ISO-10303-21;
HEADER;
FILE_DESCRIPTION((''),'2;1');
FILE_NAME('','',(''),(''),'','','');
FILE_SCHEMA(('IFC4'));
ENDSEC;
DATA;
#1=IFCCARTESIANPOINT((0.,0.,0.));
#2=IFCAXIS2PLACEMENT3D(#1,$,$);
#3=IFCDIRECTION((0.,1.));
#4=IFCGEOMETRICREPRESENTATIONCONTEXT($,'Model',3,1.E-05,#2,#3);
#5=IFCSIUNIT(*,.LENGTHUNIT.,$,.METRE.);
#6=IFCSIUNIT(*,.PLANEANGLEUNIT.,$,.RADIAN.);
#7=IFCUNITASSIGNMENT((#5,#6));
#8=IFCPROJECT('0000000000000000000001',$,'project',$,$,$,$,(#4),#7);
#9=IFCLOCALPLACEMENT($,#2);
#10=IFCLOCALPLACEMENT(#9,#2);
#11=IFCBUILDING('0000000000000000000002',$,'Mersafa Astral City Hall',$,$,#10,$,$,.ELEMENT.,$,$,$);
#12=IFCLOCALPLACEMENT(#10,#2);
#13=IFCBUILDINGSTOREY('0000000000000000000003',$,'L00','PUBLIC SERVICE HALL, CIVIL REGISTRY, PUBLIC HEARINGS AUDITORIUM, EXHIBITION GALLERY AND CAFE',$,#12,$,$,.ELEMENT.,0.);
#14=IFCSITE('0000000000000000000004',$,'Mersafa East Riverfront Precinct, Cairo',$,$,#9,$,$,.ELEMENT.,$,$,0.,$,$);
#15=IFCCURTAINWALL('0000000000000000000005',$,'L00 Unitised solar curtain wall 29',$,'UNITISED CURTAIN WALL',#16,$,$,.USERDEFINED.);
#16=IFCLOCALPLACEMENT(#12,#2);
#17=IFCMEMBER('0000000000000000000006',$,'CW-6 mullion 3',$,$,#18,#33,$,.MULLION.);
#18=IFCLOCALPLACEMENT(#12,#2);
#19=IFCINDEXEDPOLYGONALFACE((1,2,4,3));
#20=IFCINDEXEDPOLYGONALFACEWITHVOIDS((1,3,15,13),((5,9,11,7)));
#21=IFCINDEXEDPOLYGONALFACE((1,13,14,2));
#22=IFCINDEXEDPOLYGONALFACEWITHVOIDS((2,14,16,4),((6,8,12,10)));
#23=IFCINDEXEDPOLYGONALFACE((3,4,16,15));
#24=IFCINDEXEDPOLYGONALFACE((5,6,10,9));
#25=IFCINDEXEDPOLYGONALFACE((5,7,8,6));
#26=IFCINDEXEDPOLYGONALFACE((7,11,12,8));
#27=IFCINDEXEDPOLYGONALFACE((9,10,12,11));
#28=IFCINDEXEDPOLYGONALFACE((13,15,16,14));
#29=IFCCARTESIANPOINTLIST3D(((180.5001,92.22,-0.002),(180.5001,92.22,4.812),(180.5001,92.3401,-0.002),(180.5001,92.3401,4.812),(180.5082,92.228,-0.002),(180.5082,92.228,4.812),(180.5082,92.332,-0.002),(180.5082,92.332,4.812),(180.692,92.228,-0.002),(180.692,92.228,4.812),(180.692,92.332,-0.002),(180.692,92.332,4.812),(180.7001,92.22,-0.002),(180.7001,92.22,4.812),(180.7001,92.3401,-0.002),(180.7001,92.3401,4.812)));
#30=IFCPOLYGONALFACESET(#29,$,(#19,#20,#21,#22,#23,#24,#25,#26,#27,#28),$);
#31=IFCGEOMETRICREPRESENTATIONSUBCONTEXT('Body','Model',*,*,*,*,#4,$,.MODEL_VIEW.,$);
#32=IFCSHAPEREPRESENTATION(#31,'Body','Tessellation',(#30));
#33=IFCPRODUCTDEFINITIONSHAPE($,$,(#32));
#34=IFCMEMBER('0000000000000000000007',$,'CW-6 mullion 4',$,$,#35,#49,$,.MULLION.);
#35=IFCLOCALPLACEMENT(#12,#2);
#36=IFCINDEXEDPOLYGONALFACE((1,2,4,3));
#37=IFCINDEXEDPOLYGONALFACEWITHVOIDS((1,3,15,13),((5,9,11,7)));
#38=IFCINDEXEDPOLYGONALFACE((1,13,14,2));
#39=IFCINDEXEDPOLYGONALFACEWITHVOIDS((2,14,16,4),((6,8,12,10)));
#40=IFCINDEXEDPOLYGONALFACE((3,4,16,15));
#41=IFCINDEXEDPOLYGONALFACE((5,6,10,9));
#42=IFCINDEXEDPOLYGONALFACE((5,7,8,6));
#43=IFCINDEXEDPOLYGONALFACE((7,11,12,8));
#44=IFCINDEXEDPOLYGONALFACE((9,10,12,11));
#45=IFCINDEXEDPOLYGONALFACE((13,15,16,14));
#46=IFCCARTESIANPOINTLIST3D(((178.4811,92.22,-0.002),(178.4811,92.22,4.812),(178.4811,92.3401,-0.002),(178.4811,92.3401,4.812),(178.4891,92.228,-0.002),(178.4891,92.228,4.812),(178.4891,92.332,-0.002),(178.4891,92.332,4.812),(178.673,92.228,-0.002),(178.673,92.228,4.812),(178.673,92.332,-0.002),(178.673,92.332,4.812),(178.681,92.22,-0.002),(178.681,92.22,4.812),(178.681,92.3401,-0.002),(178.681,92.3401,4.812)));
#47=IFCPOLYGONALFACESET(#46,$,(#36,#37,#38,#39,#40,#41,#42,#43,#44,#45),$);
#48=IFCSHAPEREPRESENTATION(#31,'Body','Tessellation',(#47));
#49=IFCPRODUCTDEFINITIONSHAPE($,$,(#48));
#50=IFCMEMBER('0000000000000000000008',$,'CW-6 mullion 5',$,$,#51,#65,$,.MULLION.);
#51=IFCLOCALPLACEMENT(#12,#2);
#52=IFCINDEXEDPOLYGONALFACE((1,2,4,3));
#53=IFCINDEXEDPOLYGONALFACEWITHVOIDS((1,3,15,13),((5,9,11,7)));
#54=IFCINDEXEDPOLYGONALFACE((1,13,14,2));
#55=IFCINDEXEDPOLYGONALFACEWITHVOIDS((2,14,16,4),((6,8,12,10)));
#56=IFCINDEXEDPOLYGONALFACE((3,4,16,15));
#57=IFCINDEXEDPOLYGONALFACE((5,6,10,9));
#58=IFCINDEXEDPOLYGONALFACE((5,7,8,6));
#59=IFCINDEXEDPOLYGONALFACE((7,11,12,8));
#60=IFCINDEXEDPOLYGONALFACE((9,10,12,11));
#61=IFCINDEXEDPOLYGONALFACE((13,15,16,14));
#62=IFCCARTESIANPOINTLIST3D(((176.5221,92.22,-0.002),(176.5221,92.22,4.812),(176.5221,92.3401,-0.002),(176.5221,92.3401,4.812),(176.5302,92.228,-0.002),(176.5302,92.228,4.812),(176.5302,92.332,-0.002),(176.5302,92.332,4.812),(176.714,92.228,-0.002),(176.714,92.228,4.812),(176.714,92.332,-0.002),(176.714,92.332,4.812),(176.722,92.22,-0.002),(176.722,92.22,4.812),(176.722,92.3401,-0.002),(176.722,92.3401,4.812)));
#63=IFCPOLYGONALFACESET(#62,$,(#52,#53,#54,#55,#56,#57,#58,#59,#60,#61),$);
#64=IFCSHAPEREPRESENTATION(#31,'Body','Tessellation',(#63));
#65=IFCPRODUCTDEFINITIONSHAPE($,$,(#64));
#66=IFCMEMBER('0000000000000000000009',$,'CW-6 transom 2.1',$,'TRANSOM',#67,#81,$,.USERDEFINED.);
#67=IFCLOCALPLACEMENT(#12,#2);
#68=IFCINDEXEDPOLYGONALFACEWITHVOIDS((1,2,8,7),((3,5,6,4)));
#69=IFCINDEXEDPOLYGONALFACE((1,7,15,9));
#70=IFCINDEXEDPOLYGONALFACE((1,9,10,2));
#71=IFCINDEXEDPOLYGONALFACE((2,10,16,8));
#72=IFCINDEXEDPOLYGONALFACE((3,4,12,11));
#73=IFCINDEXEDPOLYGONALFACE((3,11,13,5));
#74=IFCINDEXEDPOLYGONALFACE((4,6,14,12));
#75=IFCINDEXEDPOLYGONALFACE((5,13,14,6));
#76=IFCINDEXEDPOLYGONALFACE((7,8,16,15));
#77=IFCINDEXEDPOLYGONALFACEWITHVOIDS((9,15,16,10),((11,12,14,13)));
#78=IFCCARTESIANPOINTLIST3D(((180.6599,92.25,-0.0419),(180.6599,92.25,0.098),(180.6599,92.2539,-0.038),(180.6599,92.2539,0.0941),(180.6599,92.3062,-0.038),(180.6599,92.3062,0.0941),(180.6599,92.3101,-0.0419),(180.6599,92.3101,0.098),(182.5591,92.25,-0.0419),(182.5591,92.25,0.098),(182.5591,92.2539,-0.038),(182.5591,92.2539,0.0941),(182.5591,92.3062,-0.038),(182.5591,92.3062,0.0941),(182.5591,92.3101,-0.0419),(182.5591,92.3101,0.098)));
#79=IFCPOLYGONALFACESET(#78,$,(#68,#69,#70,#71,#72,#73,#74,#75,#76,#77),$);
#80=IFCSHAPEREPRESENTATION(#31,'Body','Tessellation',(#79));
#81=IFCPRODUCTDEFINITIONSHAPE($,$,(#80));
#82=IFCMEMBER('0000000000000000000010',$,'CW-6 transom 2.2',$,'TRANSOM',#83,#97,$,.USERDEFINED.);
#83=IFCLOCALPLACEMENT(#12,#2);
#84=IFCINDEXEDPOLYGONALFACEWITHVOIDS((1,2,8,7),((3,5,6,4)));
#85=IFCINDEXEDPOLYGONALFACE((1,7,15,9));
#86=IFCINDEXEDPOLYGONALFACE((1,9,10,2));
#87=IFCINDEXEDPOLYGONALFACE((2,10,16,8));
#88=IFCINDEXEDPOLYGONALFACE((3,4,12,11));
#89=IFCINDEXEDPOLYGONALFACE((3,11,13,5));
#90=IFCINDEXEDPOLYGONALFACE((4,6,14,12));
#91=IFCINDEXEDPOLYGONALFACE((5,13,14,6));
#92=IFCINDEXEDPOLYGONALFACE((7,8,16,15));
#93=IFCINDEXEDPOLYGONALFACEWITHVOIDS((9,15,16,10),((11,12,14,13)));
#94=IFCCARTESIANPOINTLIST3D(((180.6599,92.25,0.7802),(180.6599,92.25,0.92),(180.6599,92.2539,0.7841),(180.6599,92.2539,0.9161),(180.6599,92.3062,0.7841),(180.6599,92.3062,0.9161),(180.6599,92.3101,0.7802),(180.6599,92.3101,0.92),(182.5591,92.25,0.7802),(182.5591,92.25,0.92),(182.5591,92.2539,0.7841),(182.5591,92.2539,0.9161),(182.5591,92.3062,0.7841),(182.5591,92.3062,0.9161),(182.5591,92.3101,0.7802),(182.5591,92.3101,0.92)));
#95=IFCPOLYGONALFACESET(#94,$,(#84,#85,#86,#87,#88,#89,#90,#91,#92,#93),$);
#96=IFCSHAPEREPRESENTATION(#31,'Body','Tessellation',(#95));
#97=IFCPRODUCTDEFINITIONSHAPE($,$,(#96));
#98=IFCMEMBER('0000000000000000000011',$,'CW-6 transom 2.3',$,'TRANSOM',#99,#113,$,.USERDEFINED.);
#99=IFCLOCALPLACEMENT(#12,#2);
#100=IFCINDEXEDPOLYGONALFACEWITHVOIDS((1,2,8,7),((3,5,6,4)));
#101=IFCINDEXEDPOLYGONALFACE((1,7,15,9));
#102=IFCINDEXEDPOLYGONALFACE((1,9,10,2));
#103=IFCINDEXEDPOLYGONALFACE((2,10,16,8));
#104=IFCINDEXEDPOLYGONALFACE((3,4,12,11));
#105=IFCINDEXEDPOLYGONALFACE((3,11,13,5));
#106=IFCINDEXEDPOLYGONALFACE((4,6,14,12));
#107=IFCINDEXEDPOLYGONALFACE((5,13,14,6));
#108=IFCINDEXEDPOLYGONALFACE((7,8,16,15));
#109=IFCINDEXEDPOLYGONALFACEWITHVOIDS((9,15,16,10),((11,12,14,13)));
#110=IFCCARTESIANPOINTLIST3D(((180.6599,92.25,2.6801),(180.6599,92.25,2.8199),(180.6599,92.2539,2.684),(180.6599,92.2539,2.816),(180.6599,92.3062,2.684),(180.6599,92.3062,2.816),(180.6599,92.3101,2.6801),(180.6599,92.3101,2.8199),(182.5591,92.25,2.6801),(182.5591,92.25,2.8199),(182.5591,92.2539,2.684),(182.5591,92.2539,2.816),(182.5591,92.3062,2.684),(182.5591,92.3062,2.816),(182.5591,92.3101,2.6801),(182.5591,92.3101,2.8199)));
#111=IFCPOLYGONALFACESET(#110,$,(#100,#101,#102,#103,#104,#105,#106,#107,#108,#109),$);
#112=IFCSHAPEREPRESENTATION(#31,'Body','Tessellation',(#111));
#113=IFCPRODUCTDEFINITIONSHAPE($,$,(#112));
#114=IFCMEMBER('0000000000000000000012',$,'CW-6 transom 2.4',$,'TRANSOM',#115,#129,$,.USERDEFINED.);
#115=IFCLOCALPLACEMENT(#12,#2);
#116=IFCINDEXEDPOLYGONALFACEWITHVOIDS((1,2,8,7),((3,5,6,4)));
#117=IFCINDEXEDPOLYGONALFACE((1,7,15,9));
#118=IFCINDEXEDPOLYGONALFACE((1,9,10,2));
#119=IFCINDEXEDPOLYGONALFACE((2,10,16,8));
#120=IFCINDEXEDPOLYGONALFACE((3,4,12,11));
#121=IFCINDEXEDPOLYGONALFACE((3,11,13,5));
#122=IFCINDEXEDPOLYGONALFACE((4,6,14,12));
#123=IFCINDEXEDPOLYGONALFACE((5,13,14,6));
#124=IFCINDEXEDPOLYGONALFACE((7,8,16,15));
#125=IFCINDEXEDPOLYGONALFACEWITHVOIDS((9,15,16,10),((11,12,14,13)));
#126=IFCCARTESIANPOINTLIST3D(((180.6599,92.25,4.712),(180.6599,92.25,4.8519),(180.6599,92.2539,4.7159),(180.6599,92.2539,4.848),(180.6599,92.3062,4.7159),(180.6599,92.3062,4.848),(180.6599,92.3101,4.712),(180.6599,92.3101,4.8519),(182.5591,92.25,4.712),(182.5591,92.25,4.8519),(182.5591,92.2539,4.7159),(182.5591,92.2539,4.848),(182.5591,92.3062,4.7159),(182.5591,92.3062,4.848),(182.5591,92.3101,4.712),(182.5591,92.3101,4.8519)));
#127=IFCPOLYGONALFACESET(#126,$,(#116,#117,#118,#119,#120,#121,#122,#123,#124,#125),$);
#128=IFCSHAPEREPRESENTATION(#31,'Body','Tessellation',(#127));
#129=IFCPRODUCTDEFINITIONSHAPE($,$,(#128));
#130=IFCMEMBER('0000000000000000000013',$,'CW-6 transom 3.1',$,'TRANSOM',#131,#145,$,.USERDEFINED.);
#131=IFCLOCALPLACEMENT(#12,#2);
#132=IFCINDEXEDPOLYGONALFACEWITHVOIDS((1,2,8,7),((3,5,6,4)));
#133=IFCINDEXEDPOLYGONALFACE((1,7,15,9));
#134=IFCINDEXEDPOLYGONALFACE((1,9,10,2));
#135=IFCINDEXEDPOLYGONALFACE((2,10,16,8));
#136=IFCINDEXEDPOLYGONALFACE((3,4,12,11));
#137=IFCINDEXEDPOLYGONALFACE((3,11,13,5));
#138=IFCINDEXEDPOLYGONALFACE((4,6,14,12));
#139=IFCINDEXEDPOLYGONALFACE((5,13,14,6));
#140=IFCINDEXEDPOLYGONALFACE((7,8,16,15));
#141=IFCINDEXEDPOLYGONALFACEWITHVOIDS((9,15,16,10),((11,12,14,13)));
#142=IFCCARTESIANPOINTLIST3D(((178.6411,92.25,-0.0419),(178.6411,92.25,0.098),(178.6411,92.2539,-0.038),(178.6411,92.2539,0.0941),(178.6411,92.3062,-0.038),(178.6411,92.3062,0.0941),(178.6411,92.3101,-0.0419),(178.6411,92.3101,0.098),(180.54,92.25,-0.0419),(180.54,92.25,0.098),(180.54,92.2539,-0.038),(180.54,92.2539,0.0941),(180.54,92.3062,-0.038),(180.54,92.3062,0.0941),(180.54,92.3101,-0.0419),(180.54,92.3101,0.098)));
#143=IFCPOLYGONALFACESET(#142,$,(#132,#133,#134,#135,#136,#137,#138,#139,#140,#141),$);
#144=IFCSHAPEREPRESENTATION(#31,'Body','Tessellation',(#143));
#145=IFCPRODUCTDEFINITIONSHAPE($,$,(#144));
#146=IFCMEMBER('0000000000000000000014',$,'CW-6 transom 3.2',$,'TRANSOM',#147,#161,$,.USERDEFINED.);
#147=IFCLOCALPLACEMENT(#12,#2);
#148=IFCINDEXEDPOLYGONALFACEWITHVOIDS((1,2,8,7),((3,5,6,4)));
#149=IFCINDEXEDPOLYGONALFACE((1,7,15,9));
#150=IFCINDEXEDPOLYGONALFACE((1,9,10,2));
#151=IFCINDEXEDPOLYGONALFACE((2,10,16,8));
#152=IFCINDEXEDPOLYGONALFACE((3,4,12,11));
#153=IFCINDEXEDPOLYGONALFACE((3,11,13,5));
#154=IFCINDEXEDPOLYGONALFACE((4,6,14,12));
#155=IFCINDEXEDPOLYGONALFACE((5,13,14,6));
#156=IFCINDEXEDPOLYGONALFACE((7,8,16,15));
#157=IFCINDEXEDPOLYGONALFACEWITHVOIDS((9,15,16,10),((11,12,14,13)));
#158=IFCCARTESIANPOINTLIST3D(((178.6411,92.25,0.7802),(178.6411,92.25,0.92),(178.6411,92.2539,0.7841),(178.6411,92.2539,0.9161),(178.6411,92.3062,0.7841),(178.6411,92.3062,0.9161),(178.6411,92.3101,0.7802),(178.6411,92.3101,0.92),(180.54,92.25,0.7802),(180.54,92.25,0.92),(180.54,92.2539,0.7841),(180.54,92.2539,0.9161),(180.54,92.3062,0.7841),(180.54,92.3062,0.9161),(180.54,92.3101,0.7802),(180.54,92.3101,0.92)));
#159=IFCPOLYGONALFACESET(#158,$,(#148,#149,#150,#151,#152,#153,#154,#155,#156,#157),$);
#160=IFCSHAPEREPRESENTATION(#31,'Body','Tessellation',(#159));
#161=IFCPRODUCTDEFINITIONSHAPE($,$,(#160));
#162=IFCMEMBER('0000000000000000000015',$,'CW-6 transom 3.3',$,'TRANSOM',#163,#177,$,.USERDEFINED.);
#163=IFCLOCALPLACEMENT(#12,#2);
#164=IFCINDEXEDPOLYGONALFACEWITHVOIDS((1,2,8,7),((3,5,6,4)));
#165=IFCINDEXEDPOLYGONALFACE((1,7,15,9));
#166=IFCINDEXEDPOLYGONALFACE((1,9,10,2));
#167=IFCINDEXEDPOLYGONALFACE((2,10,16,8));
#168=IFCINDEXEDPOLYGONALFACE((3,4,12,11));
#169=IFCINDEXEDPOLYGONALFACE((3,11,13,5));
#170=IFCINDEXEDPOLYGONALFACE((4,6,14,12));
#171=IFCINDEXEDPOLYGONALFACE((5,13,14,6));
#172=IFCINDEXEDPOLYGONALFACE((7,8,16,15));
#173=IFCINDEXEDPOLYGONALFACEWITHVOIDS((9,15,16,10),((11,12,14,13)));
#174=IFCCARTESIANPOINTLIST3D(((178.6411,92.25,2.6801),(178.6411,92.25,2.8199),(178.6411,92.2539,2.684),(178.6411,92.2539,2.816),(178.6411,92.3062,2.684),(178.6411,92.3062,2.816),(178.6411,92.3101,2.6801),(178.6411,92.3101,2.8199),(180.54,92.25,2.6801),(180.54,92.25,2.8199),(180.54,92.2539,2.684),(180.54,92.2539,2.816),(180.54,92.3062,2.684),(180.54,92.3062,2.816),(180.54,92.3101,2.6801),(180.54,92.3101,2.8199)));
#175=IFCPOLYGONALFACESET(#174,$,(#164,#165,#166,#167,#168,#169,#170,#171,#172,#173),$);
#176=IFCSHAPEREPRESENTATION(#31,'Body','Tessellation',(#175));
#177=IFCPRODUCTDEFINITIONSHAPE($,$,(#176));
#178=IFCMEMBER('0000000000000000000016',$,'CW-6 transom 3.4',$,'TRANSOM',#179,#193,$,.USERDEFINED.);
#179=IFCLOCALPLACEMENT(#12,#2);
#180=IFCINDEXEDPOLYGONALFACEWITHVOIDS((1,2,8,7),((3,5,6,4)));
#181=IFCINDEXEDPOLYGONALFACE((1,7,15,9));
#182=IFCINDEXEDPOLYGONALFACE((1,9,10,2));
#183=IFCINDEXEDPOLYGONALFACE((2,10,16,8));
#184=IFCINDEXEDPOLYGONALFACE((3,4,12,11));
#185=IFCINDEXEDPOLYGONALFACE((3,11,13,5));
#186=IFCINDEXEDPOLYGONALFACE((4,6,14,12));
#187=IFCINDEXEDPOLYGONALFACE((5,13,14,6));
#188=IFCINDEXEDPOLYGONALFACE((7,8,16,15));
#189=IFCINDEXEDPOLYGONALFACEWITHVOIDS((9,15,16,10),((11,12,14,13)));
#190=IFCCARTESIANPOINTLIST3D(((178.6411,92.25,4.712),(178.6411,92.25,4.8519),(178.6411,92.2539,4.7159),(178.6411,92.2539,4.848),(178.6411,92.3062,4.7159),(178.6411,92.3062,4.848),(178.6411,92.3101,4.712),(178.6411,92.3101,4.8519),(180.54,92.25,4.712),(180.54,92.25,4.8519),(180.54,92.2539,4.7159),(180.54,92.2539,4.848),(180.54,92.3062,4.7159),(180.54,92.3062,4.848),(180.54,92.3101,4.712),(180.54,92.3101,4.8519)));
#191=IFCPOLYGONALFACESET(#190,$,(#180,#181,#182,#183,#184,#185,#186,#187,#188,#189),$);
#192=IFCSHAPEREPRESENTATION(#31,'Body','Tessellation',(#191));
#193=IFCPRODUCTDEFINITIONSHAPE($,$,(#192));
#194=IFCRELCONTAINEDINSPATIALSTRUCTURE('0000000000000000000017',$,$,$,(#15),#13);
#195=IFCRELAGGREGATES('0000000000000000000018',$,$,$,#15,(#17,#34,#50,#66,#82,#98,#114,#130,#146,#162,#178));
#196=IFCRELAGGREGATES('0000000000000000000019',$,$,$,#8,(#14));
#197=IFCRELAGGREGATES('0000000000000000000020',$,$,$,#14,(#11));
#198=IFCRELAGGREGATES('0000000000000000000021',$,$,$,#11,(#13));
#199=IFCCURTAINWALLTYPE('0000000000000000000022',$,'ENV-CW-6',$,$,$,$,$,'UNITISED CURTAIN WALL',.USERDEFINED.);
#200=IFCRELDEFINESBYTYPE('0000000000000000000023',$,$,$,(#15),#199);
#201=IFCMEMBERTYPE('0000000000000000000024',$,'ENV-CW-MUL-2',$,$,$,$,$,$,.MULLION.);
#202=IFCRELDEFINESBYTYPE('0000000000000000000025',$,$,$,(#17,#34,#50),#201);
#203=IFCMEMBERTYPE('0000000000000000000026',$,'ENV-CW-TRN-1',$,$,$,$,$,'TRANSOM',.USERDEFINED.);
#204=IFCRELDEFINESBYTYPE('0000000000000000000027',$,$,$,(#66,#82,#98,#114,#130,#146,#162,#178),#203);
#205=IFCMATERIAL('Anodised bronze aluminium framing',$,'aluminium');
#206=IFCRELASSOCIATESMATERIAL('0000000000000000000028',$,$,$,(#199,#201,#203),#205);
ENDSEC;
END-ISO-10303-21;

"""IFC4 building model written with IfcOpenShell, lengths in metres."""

from ifc_helpers import new_model, si_unit, direction, frame, origin, origin_2d, place, context, subcontext, project, spatial, hollow_rectangle, extrude, material, material_profile, profile_set, type_object, element, aggregate, save


model = new_model("IFC4")

# Units and contexts
model_context = context("Model", 3, precision=1e-05, world=origin(), true_north=direction((0.0, 1.0)))
body_context = subcontext(model_context, "Body", "Model", "MODEL_VIEW")
ifc_project = project(units=[si_unit("LENGTHUNIT", "METRE"), si_unit("PLANEANGLEUNIT", "RADIAN")], contexts=[model_context])

# Site, building, storey
site_placement = place(None, origin())
site = spatial("IfcSite", under=ifc_project, at=site_placement, Name="Mersafa East Riverfront Precinct, Cairo", CompositionType="ELEMENT", RefElevation=0.0)
building_placement = place(site_placement, origin())
building = spatial("IfcBuilding", under=site, at=building_placement, Name="Mersafa Astral City Hall", CompositionType="ELEMENT")
storey_placement = place(building_placement, origin())
storey = spatial("IfcBuildingStorey", under=building, at=storey_placement, Name="L00", Description="PUBLIC SERVICE HALL, CIVIL REGISTRY, PUBLIC HEARINGS AUDITORIUM, EXHIBITION GALLERY AND CAFE", CompositionType="ELEMENT", Elevation=0.0)

# Curtain wall, members
ifc_material_1 = material(Name="Anodised bronze aluminium framing", Category="aluminium")
curtain_wall_type = type_object("IfcCurtainWallType", Name="ENV-CW-6", ElementType="UNITISED CURTAIN WALL", PredefinedType="USERDEFINED", material=ifc_material_1)
curtain_wall_placement = place(storey_placement, origin())
curtain_wall = element("IfcCurtainWall", 1, at=curtain_wall_placement, inside=storey, type_object=curtain_wall_type, Name="L00 Unitised solar curtain wall 29", ObjectType="UNITISED CURTAIN WALL", PredefinedType="USERDEFINED")
ifc_material_profile_1 = material_profile(ifc_material_1, hollow_rectangle(XDim=0.1201, YDim=0.2, WallThickness=0.0081, at=origin_2d()), Name="RHS 120x200x8")
ifc_profile_set_1 = profile_set([ifc_material_profile_1], Name="Anodised bronze aluminium framing")
member_type_1 = type_object("IfcMemberType", Name="ENV-CW-MUL-2", PredefinedType="MULLION", material=ifc_profile_set_1)
member_1_placement = place(storey_placement, frame((180.6001, 92.28, -0.002), z_axis=(0.0, 0.0, 1.0), x_axis=(0.0, -1.0, 0.0)))
member_1 = element("IfcMember", 2, at=member_1_placement, type_object=member_type_1, Name="CW-6 mullion 3", PredefinedType="MULLION", context=body_context, shape_type="SweptSolid", body=[
    extrude(hollow_rectangle(XDim=0.1201, YDim=0.2, WallThickness=0.0081, at=origin_2d()), origin(), (0.0, 0.0, 1.0), 4.814),
])
member_2_placement = place(storey_placement, frame((178.5811, 92.28, -0.002), z_axis=(0.0, 0.0, 1.0), x_axis=(0.0, -1.0, 0.0)))
member_2 = element("IfcMember", 3, at=member_2_placement, type_object=member_type_1, Name="CW-6 mullion 4", PredefinedType="MULLION", context=body_context, shape_type="SweptSolid", body=[
    extrude(hollow_rectangle(XDim=0.1201, YDim=0.2, WallThickness=0.0081, at=origin_2d()), origin(), (0.0, 0.0, 1.0), 4.814),
])
member_3_placement = place(storey_placement, frame((176.6221, 92.28, -0.002), z_axis=(0.0, 0.0, 1.0), x_axis=(0.0, -1.0, 0.0)))
member_3 = element("IfcMember", 4, at=member_3_placement, type_object=member_type_1, Name="CW-6 mullion 5", PredefinedType="MULLION", context=body_context, shape_type="SweptSolid", body=[
    extrude(hollow_rectangle(XDim=0.1201, YDim=0.2, WallThickness=0.0081, at=origin_2d()), origin(), (0.0, 0.0, 1.0), 4.814),
])
ifc_material_profile_2 = material_profile(ifc_material_1, hollow_rectangle(XDim=0.0601, YDim=0.1399, WallThickness=0.0039, at=origin_2d()), Name="RHS 60x140x4")
ifc_profile_set_2 = profile_set([ifc_material_profile_2], Name="Anodised bronze aluminium framing")
member_type_2 = type_object("IfcMemberType", Name="ENV-CW-TRN-1", ElementType="TRANSOM", PredefinedType="USERDEFINED", material=ifc_profile_set_2)
member_4_placement = place(storey_placement, frame((182.5591, 92.28, 0.0281), z_axis=(-1.0, 0.0, 0.0), x_axis=(0.0, -1.0, 0.0)))
member_4 = element("IfcMember", 5, at=member_4_placement, type_object=member_type_2, Name="CW-6 transom 2.1", ObjectType="TRANSOM", PredefinedType="USERDEFINED", context=body_context, shape_type="SweptSolid", body=[
    extrude(hollow_rectangle(XDim=0.0601, YDim=0.1399, WallThickness=0.0039, at=origin_2d()), origin(), (0.0, 0.0, 1.0), 1.8992),
])
member_5_placement = place(storey_placement, frame((182.5591, 92.28, 0.8501), z_axis=(-1.0, 0.0, 0.0), x_axis=(0.0, -1.0, 0.0)))
member_5 = element("IfcMember", 6, at=member_5_placement, type_object=member_type_2, Name="CW-6 transom 2.2", ObjectType="TRANSOM", PredefinedType="USERDEFINED", context=body_context, shape_type="SweptSolid", body=[
    extrude(hollow_rectangle(XDim=0.0601, YDim=0.1399, WallThickness=0.0039, at=origin_2d()), origin(), (0.0, 0.0, 1.0), 1.8992),
])
member_6_placement = place(storey_placement, frame((182.5591, 92.28, 2.75), z_axis=(-1.0, 0.0, 0.0), x_axis=(0.0, -1.0, 0.0)))
member_6 = element("IfcMember", 7, at=member_6_placement, type_object=member_type_2, Name="CW-6 transom 2.3", ObjectType="TRANSOM", PredefinedType="USERDEFINED", context=body_context, shape_type="SweptSolid", body=[
    extrude(hollow_rectangle(XDim=0.0601, YDim=0.1399, WallThickness=0.0039, at=origin_2d()), origin(), (0.0, 0.0, 1.0), 1.8992),
])
member_7_placement = place(storey_placement, frame((182.5591, 92.28, 4.782), z_axis=(-1.0, 0.0, 0.0), x_axis=(0.0, -1.0, 0.0)))
member_7 = element("IfcMember", 8, at=member_7_placement, type_object=member_type_2, Name="CW-6 transom 2.4", ObjectType="TRANSOM", PredefinedType="USERDEFINED", context=body_context, shape_type="SweptSolid", body=[
    extrude(hollow_rectangle(XDim=0.0601, YDim=0.1399, WallThickness=0.0039, at=origin_2d()), origin(), (0.0, 0.0, 1.0), 1.8992),
])
member_8_placement = place(storey_placement, frame((180.54, 92.28, 0.0281), z_axis=(-1.0, 0.0, 0.0), x_axis=(0.0, -1.0, 0.0)))
member_8 = element("IfcMember", 9, at=member_8_placement, type_object=member_type_2, Name="CW-6 transom 3.1", ObjectType="TRANSOM", PredefinedType="USERDEFINED", context=body_context, shape_type="SweptSolid", body=[
    extrude(hollow_rectangle(XDim=0.0601, YDim=0.1399, WallThickness=0.0039, at=origin_2d()), origin(), (0.0, 0.0, 1.0), 1.8989),
])
member_9_placement = place(storey_placement, frame((180.54, 92.28, 0.8501), z_axis=(-1.0, 0.0, 0.0), x_axis=(0.0, -1.0, 0.0)))
member_9 = element("IfcMember", 10, at=member_9_placement, type_object=member_type_2, Name="CW-6 transom 3.2", ObjectType="TRANSOM", PredefinedType="USERDEFINED", context=body_context, shape_type="SweptSolid", body=[
    extrude(hollow_rectangle(XDim=0.0601, YDim=0.1399, WallThickness=0.0039, at=origin_2d()), origin(), (0.0, 0.0, 1.0), 1.8989),
])
member_10_placement = place(storey_placement, frame((180.54, 92.28, 2.75), z_axis=(-1.0, 0.0, 0.0), x_axis=(0.0, -1.0, 0.0)))
member_10 = element("IfcMember", 11, at=member_10_placement, type_object=member_type_2, Name="CW-6 transom 3.3", ObjectType="TRANSOM", PredefinedType="USERDEFINED", context=body_context, shape_type="SweptSolid", body=[
    extrude(hollow_rectangle(XDim=0.0601, YDim=0.1399, WallThickness=0.0039, at=origin_2d()), origin(), (0.0, 0.0, 1.0), 1.8989),
])
member_11_placement = place(storey_placement, frame((180.54, 92.28, 4.782), z_axis=(-1.0, 0.0, 0.0), x_axis=(0.0, -1.0, 0.0)))
member_11 = element("IfcMember", 12, at=member_11_placement, type_object=member_type_2, Name="CW-6 transom 3.4", ObjectType="TRANSOM", PredefinedType="USERDEFINED", context=body_context, shape_type="SweptSolid", body=[
    extrude(hollow_rectangle(XDim=0.0601, YDim=0.1399, WallThickness=0.0039, at=origin_2d()), origin(), (0.0, 0.0, 1.0), 1.8989),
])
aggregate(curtain_wall, [member_1, member_2, member_3, member_4, member_5, member_6, member_7, member_8, member_9, member_10, member_11])

save(model, "model.ifc")
